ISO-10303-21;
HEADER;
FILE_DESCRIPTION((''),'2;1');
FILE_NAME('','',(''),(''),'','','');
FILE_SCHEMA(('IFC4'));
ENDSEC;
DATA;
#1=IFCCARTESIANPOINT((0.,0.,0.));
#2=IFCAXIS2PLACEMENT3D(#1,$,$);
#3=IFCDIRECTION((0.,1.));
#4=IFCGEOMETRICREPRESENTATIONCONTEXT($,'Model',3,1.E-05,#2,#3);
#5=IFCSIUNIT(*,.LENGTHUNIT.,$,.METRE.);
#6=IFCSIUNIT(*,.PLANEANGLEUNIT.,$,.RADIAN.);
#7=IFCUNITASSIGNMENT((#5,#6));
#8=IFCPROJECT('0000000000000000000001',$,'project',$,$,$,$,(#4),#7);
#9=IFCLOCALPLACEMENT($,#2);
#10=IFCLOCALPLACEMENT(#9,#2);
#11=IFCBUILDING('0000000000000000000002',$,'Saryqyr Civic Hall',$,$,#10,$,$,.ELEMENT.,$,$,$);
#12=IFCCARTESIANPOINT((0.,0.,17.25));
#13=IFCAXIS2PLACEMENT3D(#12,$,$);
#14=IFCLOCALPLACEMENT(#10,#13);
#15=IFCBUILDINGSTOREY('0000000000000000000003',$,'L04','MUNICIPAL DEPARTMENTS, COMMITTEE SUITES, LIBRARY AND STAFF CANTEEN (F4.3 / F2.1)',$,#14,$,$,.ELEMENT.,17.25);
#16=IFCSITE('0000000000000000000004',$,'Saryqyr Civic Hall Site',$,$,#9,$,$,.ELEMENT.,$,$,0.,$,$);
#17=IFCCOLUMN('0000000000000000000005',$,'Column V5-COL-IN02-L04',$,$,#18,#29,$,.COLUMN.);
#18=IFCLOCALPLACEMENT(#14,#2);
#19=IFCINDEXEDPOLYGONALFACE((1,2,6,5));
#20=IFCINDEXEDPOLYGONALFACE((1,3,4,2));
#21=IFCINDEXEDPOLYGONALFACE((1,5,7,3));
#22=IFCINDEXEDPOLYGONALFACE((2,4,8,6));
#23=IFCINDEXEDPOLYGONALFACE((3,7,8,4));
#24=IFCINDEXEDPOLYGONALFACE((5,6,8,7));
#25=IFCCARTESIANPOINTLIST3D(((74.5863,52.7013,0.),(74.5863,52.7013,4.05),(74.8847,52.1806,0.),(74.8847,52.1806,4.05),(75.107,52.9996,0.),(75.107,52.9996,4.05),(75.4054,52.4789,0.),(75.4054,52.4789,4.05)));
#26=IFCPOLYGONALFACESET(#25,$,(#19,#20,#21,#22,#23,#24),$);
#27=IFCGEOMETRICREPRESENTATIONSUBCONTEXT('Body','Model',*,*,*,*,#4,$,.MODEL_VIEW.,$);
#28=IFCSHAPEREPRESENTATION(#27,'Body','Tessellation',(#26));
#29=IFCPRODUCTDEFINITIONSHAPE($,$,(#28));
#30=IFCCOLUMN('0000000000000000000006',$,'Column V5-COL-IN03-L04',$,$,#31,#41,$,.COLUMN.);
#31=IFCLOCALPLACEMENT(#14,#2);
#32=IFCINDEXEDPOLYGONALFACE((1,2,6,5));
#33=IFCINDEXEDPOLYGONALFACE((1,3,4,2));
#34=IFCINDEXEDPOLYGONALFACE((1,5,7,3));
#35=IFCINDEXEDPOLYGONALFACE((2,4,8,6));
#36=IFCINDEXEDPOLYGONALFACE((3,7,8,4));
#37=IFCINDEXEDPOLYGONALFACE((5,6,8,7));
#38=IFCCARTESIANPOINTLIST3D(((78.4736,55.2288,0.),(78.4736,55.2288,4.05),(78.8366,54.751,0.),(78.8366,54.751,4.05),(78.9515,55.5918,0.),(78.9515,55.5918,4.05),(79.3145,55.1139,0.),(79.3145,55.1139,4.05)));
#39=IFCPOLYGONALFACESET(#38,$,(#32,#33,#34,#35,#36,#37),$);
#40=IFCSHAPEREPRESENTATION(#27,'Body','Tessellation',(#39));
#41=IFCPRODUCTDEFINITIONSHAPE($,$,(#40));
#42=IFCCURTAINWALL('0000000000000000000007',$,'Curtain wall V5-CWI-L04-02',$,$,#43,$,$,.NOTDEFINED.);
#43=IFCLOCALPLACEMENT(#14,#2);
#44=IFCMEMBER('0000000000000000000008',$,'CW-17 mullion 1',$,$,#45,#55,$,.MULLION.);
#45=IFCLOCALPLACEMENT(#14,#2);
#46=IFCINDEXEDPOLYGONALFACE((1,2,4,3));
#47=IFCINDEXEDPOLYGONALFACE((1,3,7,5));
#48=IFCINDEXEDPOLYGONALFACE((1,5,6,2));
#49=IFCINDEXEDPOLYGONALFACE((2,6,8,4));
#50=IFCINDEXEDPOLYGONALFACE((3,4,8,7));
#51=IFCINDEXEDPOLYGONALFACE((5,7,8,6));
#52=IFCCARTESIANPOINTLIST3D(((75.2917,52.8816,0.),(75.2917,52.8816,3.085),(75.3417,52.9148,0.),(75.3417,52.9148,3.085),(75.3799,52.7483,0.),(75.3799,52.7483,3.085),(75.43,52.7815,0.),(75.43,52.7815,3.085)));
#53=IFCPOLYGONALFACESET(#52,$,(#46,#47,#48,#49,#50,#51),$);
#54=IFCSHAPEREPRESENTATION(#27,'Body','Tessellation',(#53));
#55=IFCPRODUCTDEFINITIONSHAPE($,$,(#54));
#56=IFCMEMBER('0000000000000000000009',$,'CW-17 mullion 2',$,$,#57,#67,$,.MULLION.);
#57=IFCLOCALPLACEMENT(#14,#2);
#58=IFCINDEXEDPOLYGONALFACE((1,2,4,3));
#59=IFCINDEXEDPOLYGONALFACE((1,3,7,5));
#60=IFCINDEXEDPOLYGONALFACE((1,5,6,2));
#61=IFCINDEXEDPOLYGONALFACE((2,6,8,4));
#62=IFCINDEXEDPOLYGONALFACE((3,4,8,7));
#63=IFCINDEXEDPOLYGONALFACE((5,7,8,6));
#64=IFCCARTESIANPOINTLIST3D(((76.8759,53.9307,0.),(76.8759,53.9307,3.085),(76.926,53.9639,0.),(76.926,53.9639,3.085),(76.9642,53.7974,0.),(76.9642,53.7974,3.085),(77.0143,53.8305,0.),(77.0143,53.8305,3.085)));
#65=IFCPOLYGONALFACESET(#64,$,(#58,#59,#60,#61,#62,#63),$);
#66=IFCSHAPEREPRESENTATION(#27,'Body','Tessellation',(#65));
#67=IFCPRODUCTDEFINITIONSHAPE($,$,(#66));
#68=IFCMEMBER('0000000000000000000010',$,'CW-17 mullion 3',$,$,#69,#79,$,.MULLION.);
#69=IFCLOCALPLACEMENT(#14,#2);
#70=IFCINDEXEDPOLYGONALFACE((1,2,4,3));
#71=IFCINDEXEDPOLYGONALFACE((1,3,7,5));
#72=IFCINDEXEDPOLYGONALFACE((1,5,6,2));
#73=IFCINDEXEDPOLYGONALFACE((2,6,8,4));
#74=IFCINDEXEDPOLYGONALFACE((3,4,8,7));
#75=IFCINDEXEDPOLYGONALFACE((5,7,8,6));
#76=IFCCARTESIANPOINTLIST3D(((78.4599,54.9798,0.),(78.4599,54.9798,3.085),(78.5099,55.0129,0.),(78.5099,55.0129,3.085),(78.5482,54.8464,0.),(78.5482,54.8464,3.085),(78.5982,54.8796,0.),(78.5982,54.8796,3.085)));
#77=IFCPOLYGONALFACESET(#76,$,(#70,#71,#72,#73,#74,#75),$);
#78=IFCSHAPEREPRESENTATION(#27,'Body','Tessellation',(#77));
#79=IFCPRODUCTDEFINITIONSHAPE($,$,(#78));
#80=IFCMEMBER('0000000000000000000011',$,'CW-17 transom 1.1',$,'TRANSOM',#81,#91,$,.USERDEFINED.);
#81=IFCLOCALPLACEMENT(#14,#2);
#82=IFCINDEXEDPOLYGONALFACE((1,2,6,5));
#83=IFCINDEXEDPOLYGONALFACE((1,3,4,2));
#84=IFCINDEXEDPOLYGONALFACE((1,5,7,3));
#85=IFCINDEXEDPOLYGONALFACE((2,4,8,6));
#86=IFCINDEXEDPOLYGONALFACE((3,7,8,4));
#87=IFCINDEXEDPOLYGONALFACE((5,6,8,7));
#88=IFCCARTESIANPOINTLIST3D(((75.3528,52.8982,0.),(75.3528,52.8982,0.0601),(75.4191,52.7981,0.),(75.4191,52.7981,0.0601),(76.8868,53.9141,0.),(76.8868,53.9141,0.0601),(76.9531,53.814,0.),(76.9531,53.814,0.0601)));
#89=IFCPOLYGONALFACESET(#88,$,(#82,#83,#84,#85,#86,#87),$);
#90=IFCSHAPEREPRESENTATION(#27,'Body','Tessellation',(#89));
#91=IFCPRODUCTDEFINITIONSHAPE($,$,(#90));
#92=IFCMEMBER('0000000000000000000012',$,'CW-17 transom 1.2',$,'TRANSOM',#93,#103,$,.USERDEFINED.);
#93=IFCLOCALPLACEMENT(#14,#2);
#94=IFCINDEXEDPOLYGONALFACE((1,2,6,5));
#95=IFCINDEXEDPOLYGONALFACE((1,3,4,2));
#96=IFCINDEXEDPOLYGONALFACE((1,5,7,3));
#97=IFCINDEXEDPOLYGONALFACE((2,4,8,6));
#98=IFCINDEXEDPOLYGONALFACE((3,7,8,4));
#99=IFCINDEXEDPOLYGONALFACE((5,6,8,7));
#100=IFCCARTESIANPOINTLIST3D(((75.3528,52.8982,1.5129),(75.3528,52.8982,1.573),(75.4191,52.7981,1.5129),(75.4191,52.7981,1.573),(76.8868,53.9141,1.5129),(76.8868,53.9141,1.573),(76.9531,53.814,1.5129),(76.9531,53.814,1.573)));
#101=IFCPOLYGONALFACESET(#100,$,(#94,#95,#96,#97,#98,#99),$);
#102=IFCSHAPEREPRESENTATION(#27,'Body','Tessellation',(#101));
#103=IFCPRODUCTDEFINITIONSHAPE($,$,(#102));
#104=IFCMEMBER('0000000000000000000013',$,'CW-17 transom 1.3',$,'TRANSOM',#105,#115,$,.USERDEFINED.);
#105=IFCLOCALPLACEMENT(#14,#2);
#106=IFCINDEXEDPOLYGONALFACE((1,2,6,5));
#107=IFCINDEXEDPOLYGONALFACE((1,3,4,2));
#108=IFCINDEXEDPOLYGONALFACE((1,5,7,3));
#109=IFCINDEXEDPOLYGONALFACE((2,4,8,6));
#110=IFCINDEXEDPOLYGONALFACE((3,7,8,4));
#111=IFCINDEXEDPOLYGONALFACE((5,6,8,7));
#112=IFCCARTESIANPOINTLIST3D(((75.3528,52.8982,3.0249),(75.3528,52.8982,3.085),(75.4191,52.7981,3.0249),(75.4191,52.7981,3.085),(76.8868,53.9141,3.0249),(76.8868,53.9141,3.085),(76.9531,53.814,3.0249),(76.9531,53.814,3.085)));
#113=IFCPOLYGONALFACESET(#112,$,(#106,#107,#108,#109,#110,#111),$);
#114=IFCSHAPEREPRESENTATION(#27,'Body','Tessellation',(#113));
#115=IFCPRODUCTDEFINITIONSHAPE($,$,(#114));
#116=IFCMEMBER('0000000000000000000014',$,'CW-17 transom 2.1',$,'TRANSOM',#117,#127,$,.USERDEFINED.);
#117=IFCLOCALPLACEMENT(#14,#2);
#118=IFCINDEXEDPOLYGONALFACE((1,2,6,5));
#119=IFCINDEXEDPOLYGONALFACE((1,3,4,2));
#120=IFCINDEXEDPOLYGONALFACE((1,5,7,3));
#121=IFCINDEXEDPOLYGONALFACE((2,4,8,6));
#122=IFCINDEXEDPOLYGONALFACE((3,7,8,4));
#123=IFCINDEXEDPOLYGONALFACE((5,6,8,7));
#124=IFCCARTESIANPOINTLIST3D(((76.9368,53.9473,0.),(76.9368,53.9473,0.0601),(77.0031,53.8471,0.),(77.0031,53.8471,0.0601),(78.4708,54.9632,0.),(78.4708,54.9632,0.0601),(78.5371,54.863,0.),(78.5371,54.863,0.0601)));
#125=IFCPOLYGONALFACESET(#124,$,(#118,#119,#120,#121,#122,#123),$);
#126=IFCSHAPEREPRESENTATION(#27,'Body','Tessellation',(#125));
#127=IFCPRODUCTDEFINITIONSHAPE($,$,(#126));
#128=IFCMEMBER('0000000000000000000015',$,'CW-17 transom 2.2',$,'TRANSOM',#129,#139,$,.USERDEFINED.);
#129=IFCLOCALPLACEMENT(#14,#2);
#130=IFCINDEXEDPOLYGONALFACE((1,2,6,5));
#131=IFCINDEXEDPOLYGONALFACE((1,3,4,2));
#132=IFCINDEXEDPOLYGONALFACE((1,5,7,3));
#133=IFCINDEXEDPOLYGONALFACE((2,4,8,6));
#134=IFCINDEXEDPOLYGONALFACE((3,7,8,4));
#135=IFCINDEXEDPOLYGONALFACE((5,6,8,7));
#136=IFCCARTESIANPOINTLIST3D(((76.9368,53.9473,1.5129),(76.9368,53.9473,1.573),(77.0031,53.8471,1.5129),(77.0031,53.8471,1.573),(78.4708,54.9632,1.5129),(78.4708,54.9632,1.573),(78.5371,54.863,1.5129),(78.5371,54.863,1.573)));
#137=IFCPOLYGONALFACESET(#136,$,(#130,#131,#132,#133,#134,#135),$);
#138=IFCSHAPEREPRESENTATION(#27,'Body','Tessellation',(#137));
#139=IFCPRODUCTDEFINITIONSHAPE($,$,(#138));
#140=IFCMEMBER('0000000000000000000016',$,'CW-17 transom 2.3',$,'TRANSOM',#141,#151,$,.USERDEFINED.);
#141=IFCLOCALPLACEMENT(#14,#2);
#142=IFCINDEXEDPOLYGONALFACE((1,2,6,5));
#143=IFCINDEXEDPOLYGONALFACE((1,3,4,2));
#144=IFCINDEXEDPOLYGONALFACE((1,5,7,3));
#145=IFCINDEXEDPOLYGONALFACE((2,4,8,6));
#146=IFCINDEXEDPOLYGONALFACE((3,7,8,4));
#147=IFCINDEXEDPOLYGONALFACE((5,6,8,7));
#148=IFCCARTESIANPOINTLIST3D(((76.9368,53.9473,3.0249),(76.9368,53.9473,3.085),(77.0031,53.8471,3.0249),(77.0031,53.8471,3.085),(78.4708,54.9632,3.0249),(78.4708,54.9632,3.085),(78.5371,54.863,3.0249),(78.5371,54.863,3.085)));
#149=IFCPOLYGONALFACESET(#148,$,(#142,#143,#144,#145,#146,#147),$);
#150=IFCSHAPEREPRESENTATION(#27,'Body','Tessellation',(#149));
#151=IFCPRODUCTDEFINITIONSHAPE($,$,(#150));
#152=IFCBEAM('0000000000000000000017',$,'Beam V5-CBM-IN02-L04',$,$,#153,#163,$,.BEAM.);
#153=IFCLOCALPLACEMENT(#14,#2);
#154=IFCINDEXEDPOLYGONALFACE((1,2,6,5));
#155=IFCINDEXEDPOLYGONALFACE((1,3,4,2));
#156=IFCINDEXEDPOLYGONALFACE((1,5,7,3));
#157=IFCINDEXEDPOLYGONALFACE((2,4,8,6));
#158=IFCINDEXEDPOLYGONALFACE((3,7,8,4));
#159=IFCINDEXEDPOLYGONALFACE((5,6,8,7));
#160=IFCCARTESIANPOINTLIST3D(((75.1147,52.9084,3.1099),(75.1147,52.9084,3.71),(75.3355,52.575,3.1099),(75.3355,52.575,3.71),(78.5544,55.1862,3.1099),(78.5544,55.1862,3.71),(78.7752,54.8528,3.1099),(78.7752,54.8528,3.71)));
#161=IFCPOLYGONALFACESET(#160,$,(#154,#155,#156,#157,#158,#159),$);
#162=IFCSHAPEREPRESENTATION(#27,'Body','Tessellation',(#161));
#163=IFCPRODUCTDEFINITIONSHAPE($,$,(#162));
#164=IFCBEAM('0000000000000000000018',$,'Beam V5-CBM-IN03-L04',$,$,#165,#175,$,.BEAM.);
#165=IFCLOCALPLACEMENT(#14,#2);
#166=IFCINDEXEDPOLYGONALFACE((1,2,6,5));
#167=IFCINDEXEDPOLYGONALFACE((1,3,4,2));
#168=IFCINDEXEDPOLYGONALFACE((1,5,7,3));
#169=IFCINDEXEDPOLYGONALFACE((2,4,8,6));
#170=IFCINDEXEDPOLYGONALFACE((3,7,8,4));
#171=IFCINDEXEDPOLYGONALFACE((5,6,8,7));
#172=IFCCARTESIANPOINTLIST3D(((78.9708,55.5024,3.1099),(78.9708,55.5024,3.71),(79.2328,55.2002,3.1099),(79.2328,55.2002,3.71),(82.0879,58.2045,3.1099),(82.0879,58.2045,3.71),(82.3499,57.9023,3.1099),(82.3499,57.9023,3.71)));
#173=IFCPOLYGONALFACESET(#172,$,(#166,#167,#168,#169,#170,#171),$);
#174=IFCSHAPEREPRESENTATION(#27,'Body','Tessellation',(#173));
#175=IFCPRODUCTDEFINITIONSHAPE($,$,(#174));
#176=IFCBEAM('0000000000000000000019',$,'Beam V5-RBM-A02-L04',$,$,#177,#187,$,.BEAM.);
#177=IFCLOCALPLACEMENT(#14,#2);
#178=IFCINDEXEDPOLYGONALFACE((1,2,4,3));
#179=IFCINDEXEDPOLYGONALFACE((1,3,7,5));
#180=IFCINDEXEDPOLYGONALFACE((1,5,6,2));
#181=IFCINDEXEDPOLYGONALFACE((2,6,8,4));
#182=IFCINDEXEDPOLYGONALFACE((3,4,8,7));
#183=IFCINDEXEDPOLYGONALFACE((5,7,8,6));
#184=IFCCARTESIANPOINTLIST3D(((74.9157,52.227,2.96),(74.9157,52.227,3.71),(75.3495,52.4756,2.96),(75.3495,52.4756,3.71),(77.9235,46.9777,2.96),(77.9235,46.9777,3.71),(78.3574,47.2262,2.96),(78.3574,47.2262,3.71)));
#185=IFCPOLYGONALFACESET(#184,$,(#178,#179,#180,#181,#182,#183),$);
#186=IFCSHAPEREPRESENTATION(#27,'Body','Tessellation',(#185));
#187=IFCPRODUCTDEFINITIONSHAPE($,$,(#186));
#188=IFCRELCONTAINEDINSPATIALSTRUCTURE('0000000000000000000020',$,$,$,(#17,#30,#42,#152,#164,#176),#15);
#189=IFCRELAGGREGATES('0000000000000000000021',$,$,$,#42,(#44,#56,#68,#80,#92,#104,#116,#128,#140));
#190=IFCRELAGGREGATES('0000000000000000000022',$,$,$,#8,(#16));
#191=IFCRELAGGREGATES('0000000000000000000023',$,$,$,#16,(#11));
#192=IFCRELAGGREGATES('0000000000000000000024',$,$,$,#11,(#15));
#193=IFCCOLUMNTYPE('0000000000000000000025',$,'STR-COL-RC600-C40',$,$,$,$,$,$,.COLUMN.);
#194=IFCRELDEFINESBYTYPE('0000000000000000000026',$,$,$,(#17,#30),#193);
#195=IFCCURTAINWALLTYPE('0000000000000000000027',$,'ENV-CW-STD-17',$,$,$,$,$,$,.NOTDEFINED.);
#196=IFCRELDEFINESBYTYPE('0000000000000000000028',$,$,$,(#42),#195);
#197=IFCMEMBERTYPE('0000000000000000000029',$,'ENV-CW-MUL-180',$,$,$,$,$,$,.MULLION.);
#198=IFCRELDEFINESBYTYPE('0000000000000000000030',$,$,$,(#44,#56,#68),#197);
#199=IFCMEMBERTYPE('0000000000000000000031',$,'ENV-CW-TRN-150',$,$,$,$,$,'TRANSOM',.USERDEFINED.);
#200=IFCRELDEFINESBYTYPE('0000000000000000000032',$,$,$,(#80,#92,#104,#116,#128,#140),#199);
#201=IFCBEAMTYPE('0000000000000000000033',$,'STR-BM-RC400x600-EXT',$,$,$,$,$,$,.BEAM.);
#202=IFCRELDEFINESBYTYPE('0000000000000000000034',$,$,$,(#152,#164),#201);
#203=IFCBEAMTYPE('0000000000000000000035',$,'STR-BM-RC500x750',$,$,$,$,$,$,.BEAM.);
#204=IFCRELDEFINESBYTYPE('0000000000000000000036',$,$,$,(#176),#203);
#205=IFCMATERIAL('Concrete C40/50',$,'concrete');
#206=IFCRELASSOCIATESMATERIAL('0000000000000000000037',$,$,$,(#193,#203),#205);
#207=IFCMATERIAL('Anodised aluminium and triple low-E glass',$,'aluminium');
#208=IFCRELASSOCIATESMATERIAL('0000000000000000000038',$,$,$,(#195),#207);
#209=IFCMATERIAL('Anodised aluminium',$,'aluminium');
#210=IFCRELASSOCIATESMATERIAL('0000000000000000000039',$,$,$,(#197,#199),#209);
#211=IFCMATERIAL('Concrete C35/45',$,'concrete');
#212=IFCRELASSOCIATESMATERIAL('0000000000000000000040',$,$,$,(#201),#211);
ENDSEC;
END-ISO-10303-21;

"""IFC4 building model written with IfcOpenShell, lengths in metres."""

from ifc_helpers import new_model, si_unit, direction, frame, origin, origin_2d, place, context, subcontext, project, spatial, rectangle, extrude, material, material_profile, profile_set, type_object, element, aggregate, save


model = new_model("IFC4")

# Units and contexts
model_context = context("Model", 3, precision=1e-05, world=origin(), true_north=direction((0.0, 1.0)))
body_context = subcontext(model_context, "Body", "Model", "MODEL_VIEW")
ifc_project = project(units=[si_unit("LENGTHUNIT", "METRE"), si_unit("PLANEANGLEUNIT", "RADIAN")], contexts=[model_context])

# Site, building, storey
site_placement = place(None, origin())
site = spatial("IfcSite", under=ifc_project, at=site_placement, Name="Saryqyr Civic Hall Site", CompositionType="ELEMENT", RefElevation=0.0)
building_placement = place(site_placement, origin())
building = spatial("IfcBuilding", under=site, at=building_placement, Name="Saryqyr Civic Hall", CompositionType="ELEMENT")
storey_placement = place(building_placement, frame((0.0, 0.0, 17.25)))
storey = spatial("IfcBuildingStorey", under=building, at=storey_placement, Name="L04", Description="MUNICIPAL DEPARTMENTS, COMMITTEE SUITES, LIBRARY AND STAFF CANTEEN (F4.3 / F2.1)", CompositionType="ELEMENT", Elevation=17.25)

# Columns
ifc_material_1 = material(Name="Concrete C40/50", Category="concrete")
ifc_material_profile_1 = material_profile(ifc_material_1, rectangle(XDim=0.6001, YDim=0.6001, at=origin_2d()), Name="RC 600x600")
ifc_profile_set_1 = profile_set([ifc_material_profile_1], Name="Concrete C40/50")
column_type = type_object("IfcColumnType", Name="STR-COL-RC600-C40", PredefinedType="COLUMN", material=ifc_profile_set_1)
for number, where, z_axis, x_axis, name in (
    (1, (74.9958, 52.5901, 0.0), (0.0, 0.0, 1.0), (0.497125, -0.867679, 0.0), "Column V5-COL-IN02-L04"),
    (2, (78.894, 55.1714, 0.0), (0.0, 0.0, 1.0), (0.604877, -0.796319, 0.0), "Column V5-COL-IN03-L04"),
):
    element("IfcColumn", number, at=place(storey_placement, frame(where, z_axis=z_axis, x_axis=x_axis)), inside=storey, type_object=column_type, Name=name, PredefinedType="COLUMN", context=body_context, shape_type="SweptSolid", body=[
        extrude(rectangle(XDim=0.6001, YDim=0.6001, at=origin_2d()), origin(), (0.0, 0.0, 1.0), 4.05),
    ])

# Curtain wall, members
ifc_material_2 = material(Name="Anodised aluminium and triple low-E glass", Category="aluminium")
curtain_wall_type = type_object("IfcCurtainWallType", Name="ENV-CW-STD-17", PredefinedType="NOTDEFINED", material=ifc_material_2)
curtain_wall_placement = place(storey_placement, origin())
curtain_wall = element("IfcCurtainWall", 3, at=curtain_wall_placement, inside=storey, type_object=curtain_wall_type, Name="Curtain wall V5-CWI-L04-02", PredefinedType="NOTDEFINED")
ifc_material_3 = material(Name="Anodised aluminium", Category="aluminium")
ifc_material_profile_2 = material_profile(ifc_material_3, rectangle(XDim=0.0601, YDim=0.1599, at=origin_2d()), Name="ALU MULLION 60x160")
ifc_profile_set_2 = profile_set([ifc_material_profile_2], Name="Anodised aluminium")
member_type_1 = type_object("IfcMemberType", Name="ENV-CW-MUL-180", PredefinedType="MULLION", material=ifc_profile_set_2)
member_1_placement = place(storey_placement, frame((75.3608, 52.8315, 0.0), z_axis=(0.0, 0.0, 1.0), x_axis=(0.833756, 0.552133, 0.0)))
member_1 = element("IfcMember", 4, at=member_1_placement, type_object=member_type_1, Name="CW-17 mullion 1", PredefinedType="MULLION", context=body_context, shape_type="SweptSolid", body=[
    extrude(rectangle(XDim=0.0601, YDim=0.1599, at=origin_2d()), origin(), (0.0, 0.0, 1.0), 3.085),
])
member_2_placement = place(storey_placement, frame((76.9451, 53.8806, 0.0), z_axis=(0.0, 0.0, 1.0), x_axis=(0.833756, 0.552133, 0.0)))
member_2 = element("IfcMember", 5, at=member_2_placement, type_object=member_type_1, Name="CW-17 mullion 2", PredefinedType="MULLION", context=body_context, shape_type="SweptSolid", body=[
    extrude(rectangle(XDim=0.0601, YDim=0.1599, at=origin_2d()), origin(), (0.0, 0.0, 1.0), 3.085),
])
member_3_placement = place(storey_placement, frame((78.5291, 54.9297, 0.0), z_axis=(0.0, 0.0, 1.0), x_axis=(0.833756, 0.552133, 0.0)))
member_3 = element("IfcMember", 6, at=member_3_placement, type_object=member_type_1, Name="CW-17 mullion 3", PredefinedType="MULLION", context=body_context, shape_type="SweptSolid", body=[
    extrude(rectangle(XDim=0.0601, YDim=0.1599, at=origin_2d()), origin(), (0.0, 0.0, 1.0), 3.085),
])
ifc_material_profile_3 = material_profile(ifc_material_3, rectangle(XDim=0.1201, YDim=0.0601, at=origin_2d()), Name="ALU TRANSOM 120x60")
ifc_profile_set_3 = profile_set([ifc_material_profile_3], Name="Anodised aluminium")
member_type_2 = type_object("IfcMemberType", Name="ENV-CW-TRN-150", ElementType="TRANSOM", PredefinedType="USERDEFINED", material=ifc_profile_set_3)
member_4_placement = place(storey_placement, frame((75.386, 52.8481, 0.03), z_axis=(0.833741, 0.552156, 0.0), x_axis=(-0.552156, 0.833741, 0.0)))
member_4 = element("IfcMember", 7, at=member_4_placement, type_object=member_type_2, Name="CW-17 transom 1.1", ObjectType="TRANSOM", PredefinedType="USERDEFINED", context=body_context, shape_type="SweptSolid", body=[
    extrude(rectangle(XDim=0.1201, YDim=0.0601, at=origin_2d()), origin(), (0.0, 0.0, 1.0), 1.8398),
])
member_5_placement = place(storey_placement, frame((75.386, 52.8481, 1.543), z_axis=(0.833741, 0.552156, 0.0), x_axis=(-0.552156, 0.833741, 0.0)))
member_5 = element("IfcMember", 8, at=member_5_placement, type_object=member_type_2, Name="CW-17 transom 1.2", ObjectType="TRANSOM", PredefinedType="USERDEFINED", context=body_context, shape_type="SweptSolid", body=[
    extrude(rectangle(XDim=0.1201, YDim=0.0601, at=origin_2d()), origin(), (0.0, 0.0, 1.0), 1.8398),
])
member_6_placement = place(storey_placement, frame((75.386, 52.8481, 3.0549), z_axis=(0.833741, 0.552156, 0.0), x_axis=(-0.552156, 0.833741, 0.0)))
member_6 = element("IfcMember", 9, at=member_6_placement, type_object=member_type_2, Name="CW-17 transom 1.3", ObjectType="TRANSOM", PredefinedType="USERDEFINED", context=body_context, shape_type="SweptSolid", body=[
    extrude(rectangle(XDim=0.1201, YDim=0.0601, at=origin_2d()), origin(), (0.0, 0.0, 1.0), 1.8398),
])
member_7_placement = place(storey_placement, frame((76.97, 53.8972, 0.03), z_axis=(0.833741, 0.552156, 0.0), x_axis=(-0.552156, 0.833741, 0.0)))
member_7 = element("IfcMember", 10, at=member_7_placement, type_object=member_type_2, Name="CW-17 transom 2.1", ObjectType="TRANSOM", PredefinedType="USERDEFINED", context=body_context, shape_type="SweptSolid", body=[
    extrude(rectangle(XDim=0.1201, YDim=0.0601, at=origin_2d()), origin(), (0.0, 0.0, 1.0), 1.8398),
])
member_8_placement = place(storey_placement, frame((76.97, 53.8972, 1.543), z_axis=(0.833741, 0.552156, 0.0), x_axis=(-0.552156, 0.833741, 0.0)))
member_8 = element("IfcMember", 11, at=member_8_placement, type_object=member_type_2, Name="CW-17 transom 2.2", ObjectType="TRANSOM", PredefinedType="USERDEFINED", context=body_context, shape_type="SweptSolid", body=[
    extrude(rectangle(XDim=0.1201, YDim=0.0601, at=origin_2d()), origin(), (0.0, 0.0, 1.0), 1.8398),
])
member_9_placement = place(storey_placement, frame((76.97, 53.8972, 3.0549), z_axis=(0.833741, 0.552156, 0.0), x_axis=(-0.552156, 0.833741, 0.0)))
member_9 = element("IfcMember", 12, at=member_9_placement, type_object=member_type_2, Name="CW-17 transom 2.3", ObjectType="TRANSOM", PredefinedType="USERDEFINED", context=body_context, shape_type="SweptSolid", body=[
    extrude(rectangle(XDim=0.1201, YDim=0.0601, at=origin_2d()), origin(), (0.0, 0.0, 1.0), 1.8398),
])

# Beams
ifc_material_4 = material(Name="Concrete C35/45", Category="concrete")
ifc_material_profile_4 = material_profile(ifc_material_4, rectangle(XDim=0.3999, YDim=0.6001, at=origin_2d()), Name="RC 400x600")
ifc_profile_set_4 = profile_set([ifc_material_profile_4], Name="Concrete C35/45")
beam_type_1 = type_object("IfcBeamType", Name="STR-BM-RC400x600-EXT", PredefinedType="BEAM", material=ifc_profile_set_4)
beam_1_placement = place(storey_placement, frame((75.2251, 52.7417, 3.4099), z_axis=(0.833758, 0.55213, 0.0), x_axis=(-0.55213, 0.833758, 0.0)))
element("IfcBeam", 13, at=beam_1_placement, inside=storey, type_object=beam_type_1, Name="Beam V5-CBM-IN02-L04", PredefinedType="BEAM", context=body_context, shape_type="SweptSolid", body=[
    extrude(rectangle(XDim=0.3999, YDim=0.6001, at=origin_2d()), origin(), (0.0, 0.0, 1.0), 4.1255),
])
beam_2_placement = place(storey_placement, frame((79.1018, 55.3513, 3.4099), z_axis=(0.755619, 0.655012, 0.0), x_axis=(-0.655012, 0.755619, 0.0)))
element("IfcBeam", 14, at=beam_2_placement, inside=storey, type_object=beam_type_1, Name="Beam V5-CBM-IN03-L04", PredefinedType="BEAM", context=body_context, shape_type="SweptSolid", body=[
    extrude(rectangle(XDim=0.3999, YDim=0.6001, at=origin_2d()), origin(), (0.0, 0.0, 1.0), 4.1252),
])
ifc_material_profile_5 = material_profile(ifc_material_1, rectangle(XDim=0.5, YDim=0.75, at=origin_2d()), Name="RC 500x750")
ifc_profile_set_5 = profile_set([ifc_material_profile_5], Name="Concrete C40/50")
beam_type_2 = type_object("IfcBeamType", Name="STR-BM-RC500x750", PredefinedType="BEAM", material=ifc_profile_set_5)
for number, where, z_axis, x_axis, name in (
    (15, (75.1326, 52.3513, 3.335), (0.497164, -0.867656, 0.0), (0.867656, 0.497164, 0.0), "Beam V5-RBM-A02-L04"),
):
    element("IfcBeam", number, at=place(storey_placement, frame(where, z_axis=z_axis, x_axis=x_axis)), inside=storey, type_object=beam_type_2, Name=name, PredefinedType="BEAM", context=body_context, shape_type="SweptSolid", body=[
        extrude(rectangle(XDim=0.5, YDim=0.75, at=origin_2d()), origin(), (0.0, 0.0, 1.0), 6.05),
    ])

aggregate(curtain_wall, [member_1, member_2, member_3, member_4, member_5, member_6, member_7, member_8, member_9])

save(model, "model.ifc")
